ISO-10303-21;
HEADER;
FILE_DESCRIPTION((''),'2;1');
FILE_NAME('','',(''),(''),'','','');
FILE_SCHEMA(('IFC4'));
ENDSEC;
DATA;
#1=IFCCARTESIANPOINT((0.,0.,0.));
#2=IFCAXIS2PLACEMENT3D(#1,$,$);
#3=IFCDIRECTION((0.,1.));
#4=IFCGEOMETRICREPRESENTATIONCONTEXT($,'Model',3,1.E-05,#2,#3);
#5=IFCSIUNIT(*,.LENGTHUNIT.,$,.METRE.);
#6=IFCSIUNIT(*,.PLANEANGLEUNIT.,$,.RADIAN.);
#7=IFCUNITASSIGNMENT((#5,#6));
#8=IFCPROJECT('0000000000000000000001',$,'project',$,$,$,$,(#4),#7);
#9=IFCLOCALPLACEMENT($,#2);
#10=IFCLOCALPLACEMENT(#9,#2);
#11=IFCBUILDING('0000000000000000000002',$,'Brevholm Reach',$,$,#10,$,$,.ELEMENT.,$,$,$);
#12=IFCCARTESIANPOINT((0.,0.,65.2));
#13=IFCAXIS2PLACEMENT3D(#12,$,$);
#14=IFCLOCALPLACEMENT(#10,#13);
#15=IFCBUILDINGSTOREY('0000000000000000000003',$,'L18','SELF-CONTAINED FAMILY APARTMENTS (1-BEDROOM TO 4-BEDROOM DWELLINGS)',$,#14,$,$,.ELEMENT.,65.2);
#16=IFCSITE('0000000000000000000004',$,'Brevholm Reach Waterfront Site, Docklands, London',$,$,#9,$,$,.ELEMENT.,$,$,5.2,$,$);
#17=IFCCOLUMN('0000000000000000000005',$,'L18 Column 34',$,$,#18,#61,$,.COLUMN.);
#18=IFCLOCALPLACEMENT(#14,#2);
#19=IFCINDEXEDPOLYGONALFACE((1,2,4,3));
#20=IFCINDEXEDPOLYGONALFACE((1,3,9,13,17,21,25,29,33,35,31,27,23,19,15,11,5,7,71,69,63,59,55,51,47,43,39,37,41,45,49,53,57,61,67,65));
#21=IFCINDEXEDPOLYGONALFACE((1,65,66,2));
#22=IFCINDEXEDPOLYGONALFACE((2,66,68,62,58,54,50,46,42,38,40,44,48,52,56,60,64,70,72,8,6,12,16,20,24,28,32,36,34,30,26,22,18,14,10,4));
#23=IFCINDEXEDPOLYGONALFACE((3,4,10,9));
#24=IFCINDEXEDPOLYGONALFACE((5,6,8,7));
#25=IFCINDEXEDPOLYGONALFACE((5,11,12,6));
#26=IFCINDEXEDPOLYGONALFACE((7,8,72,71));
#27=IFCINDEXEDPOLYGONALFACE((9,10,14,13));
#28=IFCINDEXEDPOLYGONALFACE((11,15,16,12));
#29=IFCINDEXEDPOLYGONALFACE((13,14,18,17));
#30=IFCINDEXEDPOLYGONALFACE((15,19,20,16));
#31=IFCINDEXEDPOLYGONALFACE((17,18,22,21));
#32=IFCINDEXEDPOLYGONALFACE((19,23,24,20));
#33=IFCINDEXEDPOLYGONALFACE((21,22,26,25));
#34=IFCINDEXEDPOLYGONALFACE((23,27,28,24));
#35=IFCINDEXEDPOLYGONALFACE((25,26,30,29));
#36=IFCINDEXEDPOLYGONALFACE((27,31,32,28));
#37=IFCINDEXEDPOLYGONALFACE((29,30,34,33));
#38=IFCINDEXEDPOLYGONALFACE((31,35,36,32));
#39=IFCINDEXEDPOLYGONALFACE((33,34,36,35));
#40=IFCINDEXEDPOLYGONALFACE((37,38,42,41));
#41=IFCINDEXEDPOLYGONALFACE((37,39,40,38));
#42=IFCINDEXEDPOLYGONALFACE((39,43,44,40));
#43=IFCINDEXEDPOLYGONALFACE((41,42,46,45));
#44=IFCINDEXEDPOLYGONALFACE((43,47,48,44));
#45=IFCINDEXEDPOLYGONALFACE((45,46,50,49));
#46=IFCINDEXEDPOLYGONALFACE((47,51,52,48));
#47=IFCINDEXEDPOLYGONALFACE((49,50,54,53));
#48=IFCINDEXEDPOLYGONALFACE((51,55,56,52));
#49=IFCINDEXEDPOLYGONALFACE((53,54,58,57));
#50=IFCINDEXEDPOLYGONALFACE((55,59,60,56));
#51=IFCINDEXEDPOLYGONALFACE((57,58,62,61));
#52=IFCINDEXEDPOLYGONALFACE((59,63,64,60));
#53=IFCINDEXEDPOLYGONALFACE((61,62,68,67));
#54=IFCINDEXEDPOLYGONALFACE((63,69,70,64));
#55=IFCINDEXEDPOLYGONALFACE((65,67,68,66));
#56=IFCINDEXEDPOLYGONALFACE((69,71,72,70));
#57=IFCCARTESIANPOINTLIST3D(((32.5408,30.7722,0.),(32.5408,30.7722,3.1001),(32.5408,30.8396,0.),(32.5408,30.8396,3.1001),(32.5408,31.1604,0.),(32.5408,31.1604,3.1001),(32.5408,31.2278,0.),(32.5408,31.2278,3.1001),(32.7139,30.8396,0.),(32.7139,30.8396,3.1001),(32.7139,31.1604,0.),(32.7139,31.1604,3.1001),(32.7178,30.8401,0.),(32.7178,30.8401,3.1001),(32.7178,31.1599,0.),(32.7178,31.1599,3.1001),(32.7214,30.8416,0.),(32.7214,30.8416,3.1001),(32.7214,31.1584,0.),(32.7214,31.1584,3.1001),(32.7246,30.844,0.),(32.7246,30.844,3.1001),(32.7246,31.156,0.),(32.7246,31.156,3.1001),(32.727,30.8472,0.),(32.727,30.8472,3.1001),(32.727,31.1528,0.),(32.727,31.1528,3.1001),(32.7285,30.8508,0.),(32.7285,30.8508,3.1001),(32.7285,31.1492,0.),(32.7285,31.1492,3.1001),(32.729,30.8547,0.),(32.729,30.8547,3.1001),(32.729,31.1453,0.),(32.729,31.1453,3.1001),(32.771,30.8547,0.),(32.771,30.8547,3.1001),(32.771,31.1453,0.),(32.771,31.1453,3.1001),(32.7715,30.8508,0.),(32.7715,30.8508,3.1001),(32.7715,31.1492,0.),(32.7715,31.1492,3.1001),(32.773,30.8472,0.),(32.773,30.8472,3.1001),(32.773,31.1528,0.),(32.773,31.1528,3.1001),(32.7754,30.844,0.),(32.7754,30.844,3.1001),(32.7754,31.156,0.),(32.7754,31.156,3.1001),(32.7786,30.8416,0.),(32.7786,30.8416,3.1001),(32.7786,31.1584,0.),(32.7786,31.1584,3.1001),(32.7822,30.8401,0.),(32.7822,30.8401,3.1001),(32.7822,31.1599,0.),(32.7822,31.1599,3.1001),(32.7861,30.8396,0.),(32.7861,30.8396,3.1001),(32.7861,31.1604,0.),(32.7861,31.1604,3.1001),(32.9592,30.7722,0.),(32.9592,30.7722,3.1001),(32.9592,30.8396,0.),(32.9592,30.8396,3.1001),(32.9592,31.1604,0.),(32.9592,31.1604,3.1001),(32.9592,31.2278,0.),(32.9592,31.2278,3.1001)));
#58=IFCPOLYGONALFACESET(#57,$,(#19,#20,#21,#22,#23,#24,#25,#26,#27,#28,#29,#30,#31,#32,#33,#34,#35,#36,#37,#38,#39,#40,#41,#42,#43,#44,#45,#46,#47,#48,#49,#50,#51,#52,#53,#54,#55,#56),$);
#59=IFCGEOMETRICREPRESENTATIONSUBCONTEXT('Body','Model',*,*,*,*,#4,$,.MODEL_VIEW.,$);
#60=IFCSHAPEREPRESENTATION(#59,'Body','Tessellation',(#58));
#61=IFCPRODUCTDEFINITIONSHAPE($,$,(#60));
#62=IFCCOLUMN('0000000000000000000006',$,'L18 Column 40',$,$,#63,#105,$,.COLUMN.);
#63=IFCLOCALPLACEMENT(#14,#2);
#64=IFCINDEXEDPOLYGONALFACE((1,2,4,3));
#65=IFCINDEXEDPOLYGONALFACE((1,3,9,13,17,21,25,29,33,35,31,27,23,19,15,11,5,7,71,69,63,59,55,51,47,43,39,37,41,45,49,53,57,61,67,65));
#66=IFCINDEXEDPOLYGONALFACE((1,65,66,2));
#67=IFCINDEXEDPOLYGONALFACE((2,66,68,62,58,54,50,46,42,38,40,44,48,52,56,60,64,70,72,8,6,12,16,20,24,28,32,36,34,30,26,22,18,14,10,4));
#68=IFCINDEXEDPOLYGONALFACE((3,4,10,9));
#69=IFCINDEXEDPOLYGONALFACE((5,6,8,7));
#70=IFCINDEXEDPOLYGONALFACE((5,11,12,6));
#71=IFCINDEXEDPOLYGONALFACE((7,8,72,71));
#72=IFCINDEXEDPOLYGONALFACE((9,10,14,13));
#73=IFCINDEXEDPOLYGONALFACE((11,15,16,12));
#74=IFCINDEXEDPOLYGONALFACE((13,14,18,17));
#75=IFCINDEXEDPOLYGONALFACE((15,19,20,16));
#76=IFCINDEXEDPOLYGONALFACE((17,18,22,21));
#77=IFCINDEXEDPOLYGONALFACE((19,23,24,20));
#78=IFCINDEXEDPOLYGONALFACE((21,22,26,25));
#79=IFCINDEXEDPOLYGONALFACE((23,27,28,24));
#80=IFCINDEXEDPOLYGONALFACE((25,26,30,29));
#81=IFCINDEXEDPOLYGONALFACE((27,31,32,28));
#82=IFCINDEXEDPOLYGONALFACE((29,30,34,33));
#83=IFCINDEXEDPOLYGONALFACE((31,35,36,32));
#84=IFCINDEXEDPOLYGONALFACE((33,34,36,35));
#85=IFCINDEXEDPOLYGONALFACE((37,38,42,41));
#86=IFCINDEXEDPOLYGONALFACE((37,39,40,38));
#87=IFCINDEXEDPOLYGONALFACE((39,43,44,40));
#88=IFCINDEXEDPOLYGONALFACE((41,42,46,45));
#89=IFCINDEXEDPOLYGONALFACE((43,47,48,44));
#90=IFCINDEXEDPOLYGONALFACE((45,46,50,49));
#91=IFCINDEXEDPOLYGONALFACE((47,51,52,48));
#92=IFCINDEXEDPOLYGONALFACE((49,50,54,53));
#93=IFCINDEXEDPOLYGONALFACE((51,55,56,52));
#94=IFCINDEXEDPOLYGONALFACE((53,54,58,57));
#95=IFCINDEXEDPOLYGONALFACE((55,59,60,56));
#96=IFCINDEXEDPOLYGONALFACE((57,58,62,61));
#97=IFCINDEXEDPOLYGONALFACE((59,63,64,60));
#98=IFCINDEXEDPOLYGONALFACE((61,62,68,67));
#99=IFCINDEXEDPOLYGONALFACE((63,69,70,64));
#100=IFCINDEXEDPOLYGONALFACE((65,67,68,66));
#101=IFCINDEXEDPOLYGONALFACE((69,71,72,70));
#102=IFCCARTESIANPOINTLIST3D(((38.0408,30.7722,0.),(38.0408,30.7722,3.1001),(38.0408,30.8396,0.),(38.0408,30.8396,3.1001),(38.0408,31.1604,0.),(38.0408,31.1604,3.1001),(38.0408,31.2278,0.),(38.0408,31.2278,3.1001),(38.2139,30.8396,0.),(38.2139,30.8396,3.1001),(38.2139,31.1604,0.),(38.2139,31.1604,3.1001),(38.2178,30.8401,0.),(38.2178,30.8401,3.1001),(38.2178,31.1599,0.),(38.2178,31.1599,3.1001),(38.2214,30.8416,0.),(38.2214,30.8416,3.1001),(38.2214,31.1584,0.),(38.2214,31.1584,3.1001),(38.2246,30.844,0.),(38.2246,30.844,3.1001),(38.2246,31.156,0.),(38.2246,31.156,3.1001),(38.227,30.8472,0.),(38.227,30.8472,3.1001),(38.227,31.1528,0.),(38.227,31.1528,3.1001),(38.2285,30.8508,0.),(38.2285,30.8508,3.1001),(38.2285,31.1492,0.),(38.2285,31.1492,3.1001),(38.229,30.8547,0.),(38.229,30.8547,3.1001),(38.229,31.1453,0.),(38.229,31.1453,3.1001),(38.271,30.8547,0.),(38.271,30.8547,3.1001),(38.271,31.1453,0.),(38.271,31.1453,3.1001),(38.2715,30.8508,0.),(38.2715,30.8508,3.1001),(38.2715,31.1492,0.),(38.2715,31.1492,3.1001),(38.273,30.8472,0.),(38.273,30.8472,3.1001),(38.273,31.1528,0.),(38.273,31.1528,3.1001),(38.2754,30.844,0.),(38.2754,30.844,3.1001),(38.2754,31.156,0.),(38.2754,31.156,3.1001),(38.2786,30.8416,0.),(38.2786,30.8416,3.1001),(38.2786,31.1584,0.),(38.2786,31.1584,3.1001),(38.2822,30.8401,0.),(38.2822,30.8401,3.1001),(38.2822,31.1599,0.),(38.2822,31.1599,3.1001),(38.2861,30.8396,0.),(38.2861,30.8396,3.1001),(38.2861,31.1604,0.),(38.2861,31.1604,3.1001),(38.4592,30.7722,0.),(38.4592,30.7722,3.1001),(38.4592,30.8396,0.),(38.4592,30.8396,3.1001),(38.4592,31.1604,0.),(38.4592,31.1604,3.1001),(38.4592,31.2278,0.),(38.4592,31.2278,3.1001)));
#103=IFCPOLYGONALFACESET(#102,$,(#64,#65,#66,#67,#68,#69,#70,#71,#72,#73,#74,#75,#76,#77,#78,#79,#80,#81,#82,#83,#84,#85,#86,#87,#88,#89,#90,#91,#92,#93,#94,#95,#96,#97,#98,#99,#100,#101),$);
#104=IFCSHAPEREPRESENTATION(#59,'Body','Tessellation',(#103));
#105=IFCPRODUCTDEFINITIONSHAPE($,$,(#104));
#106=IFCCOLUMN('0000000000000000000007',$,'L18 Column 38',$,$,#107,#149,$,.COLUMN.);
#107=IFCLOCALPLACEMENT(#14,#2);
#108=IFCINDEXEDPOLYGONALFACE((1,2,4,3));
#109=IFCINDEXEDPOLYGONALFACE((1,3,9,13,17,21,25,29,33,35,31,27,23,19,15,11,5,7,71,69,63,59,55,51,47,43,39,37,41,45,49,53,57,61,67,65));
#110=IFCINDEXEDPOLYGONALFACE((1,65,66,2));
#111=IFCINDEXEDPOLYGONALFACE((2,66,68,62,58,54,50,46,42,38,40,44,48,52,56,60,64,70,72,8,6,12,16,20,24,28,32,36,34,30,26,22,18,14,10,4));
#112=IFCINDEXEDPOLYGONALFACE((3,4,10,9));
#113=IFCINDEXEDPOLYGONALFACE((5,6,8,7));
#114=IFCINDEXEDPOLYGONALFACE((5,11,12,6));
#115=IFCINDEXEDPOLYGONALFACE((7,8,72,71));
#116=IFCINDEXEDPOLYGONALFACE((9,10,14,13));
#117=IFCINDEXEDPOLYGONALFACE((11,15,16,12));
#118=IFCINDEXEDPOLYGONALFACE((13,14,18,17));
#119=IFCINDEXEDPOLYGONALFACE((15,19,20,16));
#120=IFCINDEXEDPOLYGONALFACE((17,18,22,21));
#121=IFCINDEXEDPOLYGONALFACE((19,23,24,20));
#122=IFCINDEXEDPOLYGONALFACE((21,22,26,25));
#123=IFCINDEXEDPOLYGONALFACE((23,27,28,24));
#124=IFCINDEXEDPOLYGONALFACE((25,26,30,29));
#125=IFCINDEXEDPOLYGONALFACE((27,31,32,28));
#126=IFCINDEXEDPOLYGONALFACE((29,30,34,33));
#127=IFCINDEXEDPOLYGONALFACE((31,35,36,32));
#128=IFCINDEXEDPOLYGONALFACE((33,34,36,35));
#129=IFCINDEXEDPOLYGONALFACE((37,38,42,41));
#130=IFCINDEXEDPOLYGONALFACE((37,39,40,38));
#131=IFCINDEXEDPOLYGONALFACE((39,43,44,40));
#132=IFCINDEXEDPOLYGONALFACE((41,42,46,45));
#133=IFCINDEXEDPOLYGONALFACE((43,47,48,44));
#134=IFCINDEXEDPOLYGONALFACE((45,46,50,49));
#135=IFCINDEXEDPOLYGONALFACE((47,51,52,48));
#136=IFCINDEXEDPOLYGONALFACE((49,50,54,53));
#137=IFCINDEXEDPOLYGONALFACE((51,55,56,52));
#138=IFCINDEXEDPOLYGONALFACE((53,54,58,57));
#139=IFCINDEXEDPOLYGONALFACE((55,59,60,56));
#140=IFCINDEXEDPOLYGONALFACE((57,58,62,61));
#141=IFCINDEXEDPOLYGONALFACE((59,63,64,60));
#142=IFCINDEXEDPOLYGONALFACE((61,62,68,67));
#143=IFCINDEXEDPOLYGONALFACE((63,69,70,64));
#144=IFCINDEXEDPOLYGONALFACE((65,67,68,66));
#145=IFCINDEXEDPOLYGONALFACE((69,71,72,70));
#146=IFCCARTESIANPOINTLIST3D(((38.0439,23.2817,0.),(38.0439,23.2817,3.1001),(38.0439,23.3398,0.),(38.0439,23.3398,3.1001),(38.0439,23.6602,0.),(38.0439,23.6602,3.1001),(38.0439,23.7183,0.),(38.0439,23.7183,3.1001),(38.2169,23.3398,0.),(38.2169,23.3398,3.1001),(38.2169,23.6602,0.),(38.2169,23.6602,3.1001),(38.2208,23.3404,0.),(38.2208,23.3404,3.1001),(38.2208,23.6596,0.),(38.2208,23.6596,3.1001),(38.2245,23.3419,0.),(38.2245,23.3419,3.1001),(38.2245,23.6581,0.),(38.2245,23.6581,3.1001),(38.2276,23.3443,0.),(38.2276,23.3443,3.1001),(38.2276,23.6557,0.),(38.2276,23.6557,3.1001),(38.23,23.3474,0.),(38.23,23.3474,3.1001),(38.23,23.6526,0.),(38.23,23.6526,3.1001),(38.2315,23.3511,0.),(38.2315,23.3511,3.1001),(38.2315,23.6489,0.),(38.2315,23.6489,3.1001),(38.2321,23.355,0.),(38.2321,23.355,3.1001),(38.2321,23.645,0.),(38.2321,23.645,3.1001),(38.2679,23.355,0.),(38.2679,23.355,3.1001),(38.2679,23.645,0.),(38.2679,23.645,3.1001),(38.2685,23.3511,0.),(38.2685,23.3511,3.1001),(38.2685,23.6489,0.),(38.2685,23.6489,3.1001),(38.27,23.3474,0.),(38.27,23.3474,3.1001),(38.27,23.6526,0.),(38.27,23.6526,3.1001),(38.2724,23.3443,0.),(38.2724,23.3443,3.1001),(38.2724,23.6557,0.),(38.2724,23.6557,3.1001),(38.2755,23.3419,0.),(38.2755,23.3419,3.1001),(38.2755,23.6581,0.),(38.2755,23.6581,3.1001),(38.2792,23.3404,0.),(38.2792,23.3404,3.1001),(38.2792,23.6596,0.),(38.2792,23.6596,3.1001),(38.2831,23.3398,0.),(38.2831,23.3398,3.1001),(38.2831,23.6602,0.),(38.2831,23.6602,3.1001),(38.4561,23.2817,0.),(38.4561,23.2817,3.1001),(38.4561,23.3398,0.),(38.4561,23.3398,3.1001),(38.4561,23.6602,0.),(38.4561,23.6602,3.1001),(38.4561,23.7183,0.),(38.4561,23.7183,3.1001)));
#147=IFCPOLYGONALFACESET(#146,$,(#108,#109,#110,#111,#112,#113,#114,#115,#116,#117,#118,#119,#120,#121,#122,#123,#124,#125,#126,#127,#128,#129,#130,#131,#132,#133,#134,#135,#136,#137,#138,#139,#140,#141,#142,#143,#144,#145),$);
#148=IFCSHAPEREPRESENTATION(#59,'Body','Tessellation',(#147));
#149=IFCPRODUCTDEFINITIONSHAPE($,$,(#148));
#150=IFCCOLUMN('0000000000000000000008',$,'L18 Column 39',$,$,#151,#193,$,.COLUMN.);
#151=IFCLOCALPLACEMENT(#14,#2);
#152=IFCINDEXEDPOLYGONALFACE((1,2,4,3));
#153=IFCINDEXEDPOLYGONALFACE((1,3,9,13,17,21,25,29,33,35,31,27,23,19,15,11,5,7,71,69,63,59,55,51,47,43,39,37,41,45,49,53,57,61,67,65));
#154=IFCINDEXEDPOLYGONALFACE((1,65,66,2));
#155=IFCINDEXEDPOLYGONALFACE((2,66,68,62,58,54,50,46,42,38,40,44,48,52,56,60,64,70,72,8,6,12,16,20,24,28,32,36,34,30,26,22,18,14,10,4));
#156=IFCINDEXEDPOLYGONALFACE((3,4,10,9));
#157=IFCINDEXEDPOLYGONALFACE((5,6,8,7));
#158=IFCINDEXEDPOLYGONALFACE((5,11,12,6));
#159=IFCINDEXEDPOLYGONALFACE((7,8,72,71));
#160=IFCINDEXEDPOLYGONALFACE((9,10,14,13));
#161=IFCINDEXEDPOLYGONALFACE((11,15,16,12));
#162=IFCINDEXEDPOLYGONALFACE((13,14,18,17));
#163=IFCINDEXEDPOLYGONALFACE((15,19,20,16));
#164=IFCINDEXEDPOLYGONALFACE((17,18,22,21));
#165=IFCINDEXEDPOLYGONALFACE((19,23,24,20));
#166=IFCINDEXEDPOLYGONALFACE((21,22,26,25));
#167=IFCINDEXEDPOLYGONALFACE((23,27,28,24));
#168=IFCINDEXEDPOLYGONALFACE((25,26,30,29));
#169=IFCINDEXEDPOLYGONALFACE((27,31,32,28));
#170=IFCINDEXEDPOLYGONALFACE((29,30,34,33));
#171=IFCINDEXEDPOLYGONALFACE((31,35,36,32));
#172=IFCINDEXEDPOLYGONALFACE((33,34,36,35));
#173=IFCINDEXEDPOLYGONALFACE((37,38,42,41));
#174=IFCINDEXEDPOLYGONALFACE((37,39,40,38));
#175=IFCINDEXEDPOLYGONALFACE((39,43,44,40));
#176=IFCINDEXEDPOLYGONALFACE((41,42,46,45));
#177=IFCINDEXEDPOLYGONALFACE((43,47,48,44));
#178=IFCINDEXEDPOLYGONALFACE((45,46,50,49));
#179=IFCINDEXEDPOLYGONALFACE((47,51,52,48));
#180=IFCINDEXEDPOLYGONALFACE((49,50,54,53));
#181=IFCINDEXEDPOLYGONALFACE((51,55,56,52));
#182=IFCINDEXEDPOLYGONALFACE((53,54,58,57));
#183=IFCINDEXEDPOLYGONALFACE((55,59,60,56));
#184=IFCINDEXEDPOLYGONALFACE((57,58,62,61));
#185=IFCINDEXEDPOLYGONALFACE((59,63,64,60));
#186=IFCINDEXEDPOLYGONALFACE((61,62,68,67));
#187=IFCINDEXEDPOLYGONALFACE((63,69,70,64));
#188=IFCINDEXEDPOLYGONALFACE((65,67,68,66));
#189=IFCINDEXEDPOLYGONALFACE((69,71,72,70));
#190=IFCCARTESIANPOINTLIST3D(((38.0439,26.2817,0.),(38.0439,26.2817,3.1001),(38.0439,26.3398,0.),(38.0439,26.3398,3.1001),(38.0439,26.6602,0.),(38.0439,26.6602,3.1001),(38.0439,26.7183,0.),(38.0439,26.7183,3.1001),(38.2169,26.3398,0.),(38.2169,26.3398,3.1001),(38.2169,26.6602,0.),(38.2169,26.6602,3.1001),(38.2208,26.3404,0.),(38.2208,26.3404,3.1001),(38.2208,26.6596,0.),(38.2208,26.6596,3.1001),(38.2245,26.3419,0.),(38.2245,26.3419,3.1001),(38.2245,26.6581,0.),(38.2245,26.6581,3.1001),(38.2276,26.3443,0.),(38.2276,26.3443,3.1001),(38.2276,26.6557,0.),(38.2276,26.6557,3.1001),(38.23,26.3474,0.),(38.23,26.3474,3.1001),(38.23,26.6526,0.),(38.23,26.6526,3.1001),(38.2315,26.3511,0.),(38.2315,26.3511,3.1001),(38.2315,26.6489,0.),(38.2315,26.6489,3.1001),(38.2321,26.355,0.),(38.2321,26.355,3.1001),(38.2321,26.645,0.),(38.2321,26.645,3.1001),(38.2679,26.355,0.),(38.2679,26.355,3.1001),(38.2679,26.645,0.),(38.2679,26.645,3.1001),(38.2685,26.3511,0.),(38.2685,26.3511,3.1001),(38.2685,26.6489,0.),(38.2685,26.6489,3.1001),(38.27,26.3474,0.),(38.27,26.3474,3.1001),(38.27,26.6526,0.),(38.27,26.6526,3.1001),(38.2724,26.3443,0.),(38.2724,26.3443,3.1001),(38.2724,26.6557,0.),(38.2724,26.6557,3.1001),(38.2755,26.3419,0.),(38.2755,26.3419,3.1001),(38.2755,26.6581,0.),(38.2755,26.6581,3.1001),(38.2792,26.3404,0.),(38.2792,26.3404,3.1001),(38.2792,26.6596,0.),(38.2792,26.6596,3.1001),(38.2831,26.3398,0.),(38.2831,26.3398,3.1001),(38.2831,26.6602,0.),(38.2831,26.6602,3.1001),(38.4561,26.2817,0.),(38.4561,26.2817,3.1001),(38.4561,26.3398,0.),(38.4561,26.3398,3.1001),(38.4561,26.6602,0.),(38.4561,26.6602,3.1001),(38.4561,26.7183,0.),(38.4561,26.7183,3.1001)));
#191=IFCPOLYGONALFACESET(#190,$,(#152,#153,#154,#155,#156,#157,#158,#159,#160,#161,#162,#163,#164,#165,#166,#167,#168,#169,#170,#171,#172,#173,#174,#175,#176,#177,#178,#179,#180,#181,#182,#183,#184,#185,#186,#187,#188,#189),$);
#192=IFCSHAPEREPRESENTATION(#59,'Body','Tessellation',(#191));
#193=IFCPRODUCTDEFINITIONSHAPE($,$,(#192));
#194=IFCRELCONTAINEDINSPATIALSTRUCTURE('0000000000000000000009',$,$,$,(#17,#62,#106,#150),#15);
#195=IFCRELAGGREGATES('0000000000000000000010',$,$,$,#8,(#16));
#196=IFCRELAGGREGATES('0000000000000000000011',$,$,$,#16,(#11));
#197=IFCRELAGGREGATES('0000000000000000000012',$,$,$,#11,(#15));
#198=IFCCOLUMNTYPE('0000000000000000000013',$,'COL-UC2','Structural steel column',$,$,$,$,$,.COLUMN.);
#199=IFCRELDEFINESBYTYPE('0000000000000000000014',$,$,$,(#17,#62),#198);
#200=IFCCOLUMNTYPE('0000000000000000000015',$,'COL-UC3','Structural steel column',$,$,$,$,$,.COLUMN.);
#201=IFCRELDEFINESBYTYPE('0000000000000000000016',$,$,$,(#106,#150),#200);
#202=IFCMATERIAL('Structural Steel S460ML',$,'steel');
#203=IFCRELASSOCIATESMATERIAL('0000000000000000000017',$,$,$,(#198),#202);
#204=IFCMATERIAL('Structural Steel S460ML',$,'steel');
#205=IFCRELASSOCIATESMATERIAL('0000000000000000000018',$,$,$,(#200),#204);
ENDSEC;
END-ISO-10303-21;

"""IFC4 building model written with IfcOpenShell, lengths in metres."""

from ifc_helpers import new_model, si_unit, direction, frame, origin, origin_2d, place, context, subcontext, project, spatial, i_section, extrude, material, material_profile, profile_set, type_object, element, save


model = new_model("IFC4")

# Units and contexts
model_context = context("Model", 3, precision=1e-05, world=origin(), true_north=direction((0.0, 1.0)))
body_context = subcontext(model_context, "Body", "Model", "MODEL_VIEW")
ifc_project = project(units=[si_unit("LENGTHUNIT", "METRE"), si_unit("PLANEANGLEUNIT", "RADIAN")], contexts=[model_context])

# Site, building, storey
site_placement = place(None, origin())
site = spatial("IfcSite", under=ifc_project, at=site_placement, Name="Brevholm Reach Waterfront Site, Docklands, London", CompositionType="ELEMENT", RefElevation=5.2)
building_placement = place(site_placement, origin())
building = spatial("IfcBuilding", under=site, at=building_placement, Name="Brevholm Reach", CompositionType="ELEMENT")
storey_placement = place(building_placement, frame((0.0, 0.0, 65.2)))
storey = spatial("IfcBuildingStorey", under=building, at=storey_placement, Name="L18", Description="SELF-CONTAINED FAMILY APARTMENTS (1-BEDROOM TO 4-BEDROOM DWELLINGS)", CompositionType="ELEMENT", Elevation=65.2)

# Columns
ifc_material_1 = material(Name="Structural Steel S460ML", Category="steel")
ifc_material_profile_1 = material_profile(ifc_material_1, i_section(OverallWidth=0.4185, OverallDepth=0.4556, WebThickness=0.042, FlangeThickness=0.0674, FilletRadius=0.0151, at=origin_2d()), Name="UKC 356x406x551")
ifc_profile_set_1 = profile_set([ifc_material_profile_1], Name="Structural Steel S460ML")
column_type_1 = type_object("IfcColumnType", Name="COL-UC2", Description="Structural steel column", PredefinedType="COLUMN", material=ifc_profile_set_1)
for number, where, z_axis, x_axis, name in (
    (1, (32.75, 31.0, 0.0), (0.0, 0.0, 1.0), (1.0, 0.0, 0.0), "L18 Column 34"),
    (2, (38.25, 31.0, 0.0), (0.0, 0.0, 1.0), (1.0, 0.0, 0.0), "L18 Column 40"),
):
    element("IfcColumn", number, at=place(storey_placement, frame(where, z_axis=z_axis, x_axis=x_axis)), inside=storey, type_object=column_type_1, Name=name, PredefinedType="COLUMN", context=body_context, shape_type="SweptSolid", body=[
        extrude(i_section(OverallWidth=0.4185, OverallDepth=0.4556, WebThickness=0.042, FlangeThickness=0.0674, FilletRadius=0.0151, at=origin_2d()), origin(), (0.0, 0.0, 1.0), 3.1001),
    ])
ifc_material_2 = material(Name="Structural Steel S460ML", Category="steel")
ifc_material_profile_2 = material_profile(ifc_material_2, i_section(OverallWidth=0.4121, OverallDepth=0.4365, WebThickness=0.0359, FlangeThickness=0.0581, FilletRadius=0.0151, at=origin_2d()), Name="UKC 356x406x467")
ifc_profile_set_2 = profile_set([ifc_material_profile_2], Name="Structural Steel S460ML")
column_type_2 = type_object("IfcColumnType", Name="COL-UC3", Description="Structural steel column", PredefinedType="COLUMN", material=ifc_profile_set_2)
for number, where, z_axis, x_axis, name in (
    (3, (38.25, 23.5, 0.0), (0.0, 0.0, 1.0), (1.0, 0.0, 0.0), "L18 Column 38"),
    (4, (38.25, 26.5, 0.0), (0.0, 0.0, 1.0), (1.0, 0.0, 0.0), "L18 Column 39"),
):
    element("IfcColumn", number, at=place(storey_placement, frame(where, z_axis=z_axis, x_axis=x_axis)), inside=storey, type_object=column_type_2, Name=name, PredefinedType="COLUMN", context=body_context, shape_type="SweptSolid", body=[
        extrude(i_section(OverallWidth=0.4121, OverallDepth=0.4365, WebThickness=0.0359, FlangeThickness=0.0581, FilletRadius=0.0151, at=origin_2d()), origin(), (0.0, 0.0, 1.0), 3.1001),
    ])

save(model, "model.ifc")
